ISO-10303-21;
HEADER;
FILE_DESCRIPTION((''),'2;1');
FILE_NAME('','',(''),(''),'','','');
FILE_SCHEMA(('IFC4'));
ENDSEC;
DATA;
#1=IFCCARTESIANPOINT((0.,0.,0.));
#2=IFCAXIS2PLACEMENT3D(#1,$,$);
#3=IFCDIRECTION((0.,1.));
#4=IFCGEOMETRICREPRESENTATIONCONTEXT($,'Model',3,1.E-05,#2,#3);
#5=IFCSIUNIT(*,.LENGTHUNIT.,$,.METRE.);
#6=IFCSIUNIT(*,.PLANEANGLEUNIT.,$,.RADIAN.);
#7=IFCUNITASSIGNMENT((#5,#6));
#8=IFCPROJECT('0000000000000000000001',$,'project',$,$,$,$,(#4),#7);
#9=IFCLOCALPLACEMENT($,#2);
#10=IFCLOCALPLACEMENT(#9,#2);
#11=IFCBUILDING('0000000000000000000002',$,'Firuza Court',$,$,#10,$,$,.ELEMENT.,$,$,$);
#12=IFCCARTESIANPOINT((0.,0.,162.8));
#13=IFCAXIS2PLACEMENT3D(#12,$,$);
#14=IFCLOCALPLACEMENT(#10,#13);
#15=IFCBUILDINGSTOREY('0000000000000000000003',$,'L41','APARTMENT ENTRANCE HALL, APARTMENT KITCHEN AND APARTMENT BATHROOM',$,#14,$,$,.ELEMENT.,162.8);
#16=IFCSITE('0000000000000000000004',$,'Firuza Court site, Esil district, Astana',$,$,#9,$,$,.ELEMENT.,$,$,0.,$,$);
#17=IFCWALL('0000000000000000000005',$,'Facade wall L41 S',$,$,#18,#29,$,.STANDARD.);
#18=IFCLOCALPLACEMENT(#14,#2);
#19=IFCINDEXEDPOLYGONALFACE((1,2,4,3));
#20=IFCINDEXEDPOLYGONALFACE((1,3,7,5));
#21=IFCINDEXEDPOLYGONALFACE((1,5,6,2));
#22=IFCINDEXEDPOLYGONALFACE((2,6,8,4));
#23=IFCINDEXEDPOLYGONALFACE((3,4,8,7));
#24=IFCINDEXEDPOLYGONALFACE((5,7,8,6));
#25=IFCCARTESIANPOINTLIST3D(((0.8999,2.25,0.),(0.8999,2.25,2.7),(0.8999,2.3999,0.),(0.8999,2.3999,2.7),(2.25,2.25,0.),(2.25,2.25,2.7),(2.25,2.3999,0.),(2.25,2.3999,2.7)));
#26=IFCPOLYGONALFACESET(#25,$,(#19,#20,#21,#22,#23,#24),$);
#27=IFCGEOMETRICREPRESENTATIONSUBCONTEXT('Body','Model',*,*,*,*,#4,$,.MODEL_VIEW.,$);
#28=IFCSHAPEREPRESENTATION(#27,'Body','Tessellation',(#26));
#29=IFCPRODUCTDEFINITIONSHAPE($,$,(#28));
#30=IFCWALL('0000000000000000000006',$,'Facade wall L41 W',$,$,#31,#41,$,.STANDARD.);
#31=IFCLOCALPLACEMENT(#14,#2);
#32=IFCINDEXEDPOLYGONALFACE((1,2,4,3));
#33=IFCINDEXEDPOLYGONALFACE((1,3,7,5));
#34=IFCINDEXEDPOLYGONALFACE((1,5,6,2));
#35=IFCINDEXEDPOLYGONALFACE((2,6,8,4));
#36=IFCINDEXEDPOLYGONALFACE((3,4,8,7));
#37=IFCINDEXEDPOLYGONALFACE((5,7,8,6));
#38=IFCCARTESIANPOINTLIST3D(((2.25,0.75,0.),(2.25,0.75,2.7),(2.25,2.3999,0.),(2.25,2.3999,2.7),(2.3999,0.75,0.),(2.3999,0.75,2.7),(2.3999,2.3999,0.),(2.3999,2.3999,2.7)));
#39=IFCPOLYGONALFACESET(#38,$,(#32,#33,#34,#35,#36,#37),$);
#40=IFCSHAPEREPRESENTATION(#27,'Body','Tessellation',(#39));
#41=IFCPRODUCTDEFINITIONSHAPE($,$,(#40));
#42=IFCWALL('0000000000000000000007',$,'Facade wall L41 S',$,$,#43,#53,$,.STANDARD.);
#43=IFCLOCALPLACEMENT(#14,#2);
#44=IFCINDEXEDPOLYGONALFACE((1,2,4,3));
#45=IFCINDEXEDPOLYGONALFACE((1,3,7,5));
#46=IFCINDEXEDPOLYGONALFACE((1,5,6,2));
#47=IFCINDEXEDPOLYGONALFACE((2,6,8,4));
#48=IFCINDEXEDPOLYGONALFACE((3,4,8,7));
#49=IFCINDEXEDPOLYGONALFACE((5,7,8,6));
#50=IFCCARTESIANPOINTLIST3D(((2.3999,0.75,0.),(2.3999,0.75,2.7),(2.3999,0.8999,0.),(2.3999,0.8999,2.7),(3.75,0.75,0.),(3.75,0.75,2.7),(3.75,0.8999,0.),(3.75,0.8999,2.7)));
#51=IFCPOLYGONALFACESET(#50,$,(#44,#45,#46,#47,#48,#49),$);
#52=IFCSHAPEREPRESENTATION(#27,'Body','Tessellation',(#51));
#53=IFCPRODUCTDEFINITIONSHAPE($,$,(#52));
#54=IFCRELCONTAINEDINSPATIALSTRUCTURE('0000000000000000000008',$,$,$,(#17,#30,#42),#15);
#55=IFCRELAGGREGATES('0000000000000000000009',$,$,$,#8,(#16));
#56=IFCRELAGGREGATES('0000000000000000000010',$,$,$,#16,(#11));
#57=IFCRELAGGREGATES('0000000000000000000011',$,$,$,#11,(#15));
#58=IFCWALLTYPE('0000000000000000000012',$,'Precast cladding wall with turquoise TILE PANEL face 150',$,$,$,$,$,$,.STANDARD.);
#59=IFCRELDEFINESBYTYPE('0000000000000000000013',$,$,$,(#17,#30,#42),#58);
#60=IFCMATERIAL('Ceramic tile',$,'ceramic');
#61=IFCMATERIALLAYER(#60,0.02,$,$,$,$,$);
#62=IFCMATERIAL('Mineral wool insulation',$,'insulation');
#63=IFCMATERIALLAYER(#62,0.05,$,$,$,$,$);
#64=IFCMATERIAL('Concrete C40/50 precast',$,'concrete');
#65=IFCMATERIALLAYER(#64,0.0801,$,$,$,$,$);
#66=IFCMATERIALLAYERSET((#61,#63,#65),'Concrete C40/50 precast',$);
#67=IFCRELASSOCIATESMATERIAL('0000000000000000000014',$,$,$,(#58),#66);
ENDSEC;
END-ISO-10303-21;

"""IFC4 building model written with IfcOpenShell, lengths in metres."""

from ifc_helpers import new_model, si_unit, direction, frame, frame_2d, origin, place, context, subcontext, project, spatial, rectangle, extrude, material, layer, layer_set, type_object, element, save


model = new_model("IFC4")

# Units and contexts
model_context = context("Model", 3, precision=1e-05, world=origin(), true_north=direction((0.0, 1.0)))
body_context = subcontext(model_context, "Body", "Model", "MODEL_VIEW")
ifc_project = project(units=[si_unit("LENGTHUNIT", "METRE"), si_unit("PLANEANGLEUNIT", "RADIAN")], contexts=[model_context])

# Site, building, storey
site_placement = place(None, origin())
site = spatial("IfcSite", under=ifc_project, at=site_placement, Name="Firuza Court site, Esil district, Astana", CompositionType="ELEMENT", RefElevation=0.0)
building_placement = place(site_placement, origin())
building = spatial("IfcBuilding", under=site, at=building_placement, Name="Firuza Court", CompositionType="ELEMENT")
storey_placement = place(building_placement, frame((0.0, 0.0, 162.8)))
storey = spatial("IfcBuildingStorey", under=building, at=storey_placement, Name="L41", Description="APARTMENT ENTRANCE HALL, APARTMENT KITCHEN AND APARTMENT BATHROOM", CompositionType="ELEMENT", Elevation=162.8)

# Shared definitions
ifc_material_1 = material(Name="Concrete C40/50 precast", Category="concrete")

# Walls
ifc_material_2 = material(Name="Ceramic tile", Category="ceramic")
ifc_layer_1 = layer(ifc_material_2, 0.02)
ifc_material_3 = material(Name="Mineral wool insulation", Category="insulation")
ifc_layer_2 = layer(ifc_material_3, 0.05)
ifc_layer_3 = layer(ifc_material_1, 0.0801)
ifc_layer_set_1 = layer_set([ifc_layer_1, ifc_layer_2, ifc_layer_3], Name="Concrete C40/50 precast")
wall_type_1 = type_object("IfcWallType", Name="Precast cladding wall with turquoise TILE PANEL face 150", PredefinedType="STANDARD", material=ifc_layer_set_1)
wall_1_placement = place(storey_placement, frame((0.8999, 2.325, 0.0), z_axis=(0.0, 0.0, 1.0), x_axis=(1.0, 0.0, 0.0)))
element("IfcWall", 1, at=wall_1_placement, inside=storey, type_object=wall_type_1, Name="Facade wall L41 S", PredefinedType="STANDARD", context=body_context, shape_type="SweptSolid", body=[
    extrude(rectangle(XDim=1.3501, YDim=0.1499, at=frame_2d((0.675, 0.0))), origin(), (0.0, 0.0, 1.0), 2.7),
])
wall_2_placement = place(storey_placement, frame((2.325, 2.3999, 0.0), z_axis=(0.0, 0.0, 1.0), x_axis=(0.0, -1.0, 0.0)))
element("IfcWall", 2, at=wall_2_placement, inside=storey, type_object=wall_type_1, Name="Facade wall L41 W", PredefinedType="STANDARD", context=body_context, shape_type="SweptSolid", body=[
    extrude(rectangle(XDim=1.6499, YDim=0.1499, at=frame_2d((0.825, 0.0))), origin(), (0.0, 0.0, 1.0), 2.7),
])
wall_3_placement = place(storey_placement, frame((2.3999, 0.825, 0.0), z_axis=(0.0, 0.0, 1.0), x_axis=(1.0, 0.0, 0.0)))
element("IfcWall", 3, at=wall_3_placement, inside=storey, type_object=wall_type_1, Name="Facade wall L41 S", PredefinedType="STANDARD", context=body_context, shape_type="SweptSolid", body=[
    extrude(rectangle(XDim=1.3501, YDim=0.1499, at=frame_2d((0.675, 0.0))), origin(), (0.0, 0.0, 1.0), 2.7),
])

save(model, "model.ifc")
